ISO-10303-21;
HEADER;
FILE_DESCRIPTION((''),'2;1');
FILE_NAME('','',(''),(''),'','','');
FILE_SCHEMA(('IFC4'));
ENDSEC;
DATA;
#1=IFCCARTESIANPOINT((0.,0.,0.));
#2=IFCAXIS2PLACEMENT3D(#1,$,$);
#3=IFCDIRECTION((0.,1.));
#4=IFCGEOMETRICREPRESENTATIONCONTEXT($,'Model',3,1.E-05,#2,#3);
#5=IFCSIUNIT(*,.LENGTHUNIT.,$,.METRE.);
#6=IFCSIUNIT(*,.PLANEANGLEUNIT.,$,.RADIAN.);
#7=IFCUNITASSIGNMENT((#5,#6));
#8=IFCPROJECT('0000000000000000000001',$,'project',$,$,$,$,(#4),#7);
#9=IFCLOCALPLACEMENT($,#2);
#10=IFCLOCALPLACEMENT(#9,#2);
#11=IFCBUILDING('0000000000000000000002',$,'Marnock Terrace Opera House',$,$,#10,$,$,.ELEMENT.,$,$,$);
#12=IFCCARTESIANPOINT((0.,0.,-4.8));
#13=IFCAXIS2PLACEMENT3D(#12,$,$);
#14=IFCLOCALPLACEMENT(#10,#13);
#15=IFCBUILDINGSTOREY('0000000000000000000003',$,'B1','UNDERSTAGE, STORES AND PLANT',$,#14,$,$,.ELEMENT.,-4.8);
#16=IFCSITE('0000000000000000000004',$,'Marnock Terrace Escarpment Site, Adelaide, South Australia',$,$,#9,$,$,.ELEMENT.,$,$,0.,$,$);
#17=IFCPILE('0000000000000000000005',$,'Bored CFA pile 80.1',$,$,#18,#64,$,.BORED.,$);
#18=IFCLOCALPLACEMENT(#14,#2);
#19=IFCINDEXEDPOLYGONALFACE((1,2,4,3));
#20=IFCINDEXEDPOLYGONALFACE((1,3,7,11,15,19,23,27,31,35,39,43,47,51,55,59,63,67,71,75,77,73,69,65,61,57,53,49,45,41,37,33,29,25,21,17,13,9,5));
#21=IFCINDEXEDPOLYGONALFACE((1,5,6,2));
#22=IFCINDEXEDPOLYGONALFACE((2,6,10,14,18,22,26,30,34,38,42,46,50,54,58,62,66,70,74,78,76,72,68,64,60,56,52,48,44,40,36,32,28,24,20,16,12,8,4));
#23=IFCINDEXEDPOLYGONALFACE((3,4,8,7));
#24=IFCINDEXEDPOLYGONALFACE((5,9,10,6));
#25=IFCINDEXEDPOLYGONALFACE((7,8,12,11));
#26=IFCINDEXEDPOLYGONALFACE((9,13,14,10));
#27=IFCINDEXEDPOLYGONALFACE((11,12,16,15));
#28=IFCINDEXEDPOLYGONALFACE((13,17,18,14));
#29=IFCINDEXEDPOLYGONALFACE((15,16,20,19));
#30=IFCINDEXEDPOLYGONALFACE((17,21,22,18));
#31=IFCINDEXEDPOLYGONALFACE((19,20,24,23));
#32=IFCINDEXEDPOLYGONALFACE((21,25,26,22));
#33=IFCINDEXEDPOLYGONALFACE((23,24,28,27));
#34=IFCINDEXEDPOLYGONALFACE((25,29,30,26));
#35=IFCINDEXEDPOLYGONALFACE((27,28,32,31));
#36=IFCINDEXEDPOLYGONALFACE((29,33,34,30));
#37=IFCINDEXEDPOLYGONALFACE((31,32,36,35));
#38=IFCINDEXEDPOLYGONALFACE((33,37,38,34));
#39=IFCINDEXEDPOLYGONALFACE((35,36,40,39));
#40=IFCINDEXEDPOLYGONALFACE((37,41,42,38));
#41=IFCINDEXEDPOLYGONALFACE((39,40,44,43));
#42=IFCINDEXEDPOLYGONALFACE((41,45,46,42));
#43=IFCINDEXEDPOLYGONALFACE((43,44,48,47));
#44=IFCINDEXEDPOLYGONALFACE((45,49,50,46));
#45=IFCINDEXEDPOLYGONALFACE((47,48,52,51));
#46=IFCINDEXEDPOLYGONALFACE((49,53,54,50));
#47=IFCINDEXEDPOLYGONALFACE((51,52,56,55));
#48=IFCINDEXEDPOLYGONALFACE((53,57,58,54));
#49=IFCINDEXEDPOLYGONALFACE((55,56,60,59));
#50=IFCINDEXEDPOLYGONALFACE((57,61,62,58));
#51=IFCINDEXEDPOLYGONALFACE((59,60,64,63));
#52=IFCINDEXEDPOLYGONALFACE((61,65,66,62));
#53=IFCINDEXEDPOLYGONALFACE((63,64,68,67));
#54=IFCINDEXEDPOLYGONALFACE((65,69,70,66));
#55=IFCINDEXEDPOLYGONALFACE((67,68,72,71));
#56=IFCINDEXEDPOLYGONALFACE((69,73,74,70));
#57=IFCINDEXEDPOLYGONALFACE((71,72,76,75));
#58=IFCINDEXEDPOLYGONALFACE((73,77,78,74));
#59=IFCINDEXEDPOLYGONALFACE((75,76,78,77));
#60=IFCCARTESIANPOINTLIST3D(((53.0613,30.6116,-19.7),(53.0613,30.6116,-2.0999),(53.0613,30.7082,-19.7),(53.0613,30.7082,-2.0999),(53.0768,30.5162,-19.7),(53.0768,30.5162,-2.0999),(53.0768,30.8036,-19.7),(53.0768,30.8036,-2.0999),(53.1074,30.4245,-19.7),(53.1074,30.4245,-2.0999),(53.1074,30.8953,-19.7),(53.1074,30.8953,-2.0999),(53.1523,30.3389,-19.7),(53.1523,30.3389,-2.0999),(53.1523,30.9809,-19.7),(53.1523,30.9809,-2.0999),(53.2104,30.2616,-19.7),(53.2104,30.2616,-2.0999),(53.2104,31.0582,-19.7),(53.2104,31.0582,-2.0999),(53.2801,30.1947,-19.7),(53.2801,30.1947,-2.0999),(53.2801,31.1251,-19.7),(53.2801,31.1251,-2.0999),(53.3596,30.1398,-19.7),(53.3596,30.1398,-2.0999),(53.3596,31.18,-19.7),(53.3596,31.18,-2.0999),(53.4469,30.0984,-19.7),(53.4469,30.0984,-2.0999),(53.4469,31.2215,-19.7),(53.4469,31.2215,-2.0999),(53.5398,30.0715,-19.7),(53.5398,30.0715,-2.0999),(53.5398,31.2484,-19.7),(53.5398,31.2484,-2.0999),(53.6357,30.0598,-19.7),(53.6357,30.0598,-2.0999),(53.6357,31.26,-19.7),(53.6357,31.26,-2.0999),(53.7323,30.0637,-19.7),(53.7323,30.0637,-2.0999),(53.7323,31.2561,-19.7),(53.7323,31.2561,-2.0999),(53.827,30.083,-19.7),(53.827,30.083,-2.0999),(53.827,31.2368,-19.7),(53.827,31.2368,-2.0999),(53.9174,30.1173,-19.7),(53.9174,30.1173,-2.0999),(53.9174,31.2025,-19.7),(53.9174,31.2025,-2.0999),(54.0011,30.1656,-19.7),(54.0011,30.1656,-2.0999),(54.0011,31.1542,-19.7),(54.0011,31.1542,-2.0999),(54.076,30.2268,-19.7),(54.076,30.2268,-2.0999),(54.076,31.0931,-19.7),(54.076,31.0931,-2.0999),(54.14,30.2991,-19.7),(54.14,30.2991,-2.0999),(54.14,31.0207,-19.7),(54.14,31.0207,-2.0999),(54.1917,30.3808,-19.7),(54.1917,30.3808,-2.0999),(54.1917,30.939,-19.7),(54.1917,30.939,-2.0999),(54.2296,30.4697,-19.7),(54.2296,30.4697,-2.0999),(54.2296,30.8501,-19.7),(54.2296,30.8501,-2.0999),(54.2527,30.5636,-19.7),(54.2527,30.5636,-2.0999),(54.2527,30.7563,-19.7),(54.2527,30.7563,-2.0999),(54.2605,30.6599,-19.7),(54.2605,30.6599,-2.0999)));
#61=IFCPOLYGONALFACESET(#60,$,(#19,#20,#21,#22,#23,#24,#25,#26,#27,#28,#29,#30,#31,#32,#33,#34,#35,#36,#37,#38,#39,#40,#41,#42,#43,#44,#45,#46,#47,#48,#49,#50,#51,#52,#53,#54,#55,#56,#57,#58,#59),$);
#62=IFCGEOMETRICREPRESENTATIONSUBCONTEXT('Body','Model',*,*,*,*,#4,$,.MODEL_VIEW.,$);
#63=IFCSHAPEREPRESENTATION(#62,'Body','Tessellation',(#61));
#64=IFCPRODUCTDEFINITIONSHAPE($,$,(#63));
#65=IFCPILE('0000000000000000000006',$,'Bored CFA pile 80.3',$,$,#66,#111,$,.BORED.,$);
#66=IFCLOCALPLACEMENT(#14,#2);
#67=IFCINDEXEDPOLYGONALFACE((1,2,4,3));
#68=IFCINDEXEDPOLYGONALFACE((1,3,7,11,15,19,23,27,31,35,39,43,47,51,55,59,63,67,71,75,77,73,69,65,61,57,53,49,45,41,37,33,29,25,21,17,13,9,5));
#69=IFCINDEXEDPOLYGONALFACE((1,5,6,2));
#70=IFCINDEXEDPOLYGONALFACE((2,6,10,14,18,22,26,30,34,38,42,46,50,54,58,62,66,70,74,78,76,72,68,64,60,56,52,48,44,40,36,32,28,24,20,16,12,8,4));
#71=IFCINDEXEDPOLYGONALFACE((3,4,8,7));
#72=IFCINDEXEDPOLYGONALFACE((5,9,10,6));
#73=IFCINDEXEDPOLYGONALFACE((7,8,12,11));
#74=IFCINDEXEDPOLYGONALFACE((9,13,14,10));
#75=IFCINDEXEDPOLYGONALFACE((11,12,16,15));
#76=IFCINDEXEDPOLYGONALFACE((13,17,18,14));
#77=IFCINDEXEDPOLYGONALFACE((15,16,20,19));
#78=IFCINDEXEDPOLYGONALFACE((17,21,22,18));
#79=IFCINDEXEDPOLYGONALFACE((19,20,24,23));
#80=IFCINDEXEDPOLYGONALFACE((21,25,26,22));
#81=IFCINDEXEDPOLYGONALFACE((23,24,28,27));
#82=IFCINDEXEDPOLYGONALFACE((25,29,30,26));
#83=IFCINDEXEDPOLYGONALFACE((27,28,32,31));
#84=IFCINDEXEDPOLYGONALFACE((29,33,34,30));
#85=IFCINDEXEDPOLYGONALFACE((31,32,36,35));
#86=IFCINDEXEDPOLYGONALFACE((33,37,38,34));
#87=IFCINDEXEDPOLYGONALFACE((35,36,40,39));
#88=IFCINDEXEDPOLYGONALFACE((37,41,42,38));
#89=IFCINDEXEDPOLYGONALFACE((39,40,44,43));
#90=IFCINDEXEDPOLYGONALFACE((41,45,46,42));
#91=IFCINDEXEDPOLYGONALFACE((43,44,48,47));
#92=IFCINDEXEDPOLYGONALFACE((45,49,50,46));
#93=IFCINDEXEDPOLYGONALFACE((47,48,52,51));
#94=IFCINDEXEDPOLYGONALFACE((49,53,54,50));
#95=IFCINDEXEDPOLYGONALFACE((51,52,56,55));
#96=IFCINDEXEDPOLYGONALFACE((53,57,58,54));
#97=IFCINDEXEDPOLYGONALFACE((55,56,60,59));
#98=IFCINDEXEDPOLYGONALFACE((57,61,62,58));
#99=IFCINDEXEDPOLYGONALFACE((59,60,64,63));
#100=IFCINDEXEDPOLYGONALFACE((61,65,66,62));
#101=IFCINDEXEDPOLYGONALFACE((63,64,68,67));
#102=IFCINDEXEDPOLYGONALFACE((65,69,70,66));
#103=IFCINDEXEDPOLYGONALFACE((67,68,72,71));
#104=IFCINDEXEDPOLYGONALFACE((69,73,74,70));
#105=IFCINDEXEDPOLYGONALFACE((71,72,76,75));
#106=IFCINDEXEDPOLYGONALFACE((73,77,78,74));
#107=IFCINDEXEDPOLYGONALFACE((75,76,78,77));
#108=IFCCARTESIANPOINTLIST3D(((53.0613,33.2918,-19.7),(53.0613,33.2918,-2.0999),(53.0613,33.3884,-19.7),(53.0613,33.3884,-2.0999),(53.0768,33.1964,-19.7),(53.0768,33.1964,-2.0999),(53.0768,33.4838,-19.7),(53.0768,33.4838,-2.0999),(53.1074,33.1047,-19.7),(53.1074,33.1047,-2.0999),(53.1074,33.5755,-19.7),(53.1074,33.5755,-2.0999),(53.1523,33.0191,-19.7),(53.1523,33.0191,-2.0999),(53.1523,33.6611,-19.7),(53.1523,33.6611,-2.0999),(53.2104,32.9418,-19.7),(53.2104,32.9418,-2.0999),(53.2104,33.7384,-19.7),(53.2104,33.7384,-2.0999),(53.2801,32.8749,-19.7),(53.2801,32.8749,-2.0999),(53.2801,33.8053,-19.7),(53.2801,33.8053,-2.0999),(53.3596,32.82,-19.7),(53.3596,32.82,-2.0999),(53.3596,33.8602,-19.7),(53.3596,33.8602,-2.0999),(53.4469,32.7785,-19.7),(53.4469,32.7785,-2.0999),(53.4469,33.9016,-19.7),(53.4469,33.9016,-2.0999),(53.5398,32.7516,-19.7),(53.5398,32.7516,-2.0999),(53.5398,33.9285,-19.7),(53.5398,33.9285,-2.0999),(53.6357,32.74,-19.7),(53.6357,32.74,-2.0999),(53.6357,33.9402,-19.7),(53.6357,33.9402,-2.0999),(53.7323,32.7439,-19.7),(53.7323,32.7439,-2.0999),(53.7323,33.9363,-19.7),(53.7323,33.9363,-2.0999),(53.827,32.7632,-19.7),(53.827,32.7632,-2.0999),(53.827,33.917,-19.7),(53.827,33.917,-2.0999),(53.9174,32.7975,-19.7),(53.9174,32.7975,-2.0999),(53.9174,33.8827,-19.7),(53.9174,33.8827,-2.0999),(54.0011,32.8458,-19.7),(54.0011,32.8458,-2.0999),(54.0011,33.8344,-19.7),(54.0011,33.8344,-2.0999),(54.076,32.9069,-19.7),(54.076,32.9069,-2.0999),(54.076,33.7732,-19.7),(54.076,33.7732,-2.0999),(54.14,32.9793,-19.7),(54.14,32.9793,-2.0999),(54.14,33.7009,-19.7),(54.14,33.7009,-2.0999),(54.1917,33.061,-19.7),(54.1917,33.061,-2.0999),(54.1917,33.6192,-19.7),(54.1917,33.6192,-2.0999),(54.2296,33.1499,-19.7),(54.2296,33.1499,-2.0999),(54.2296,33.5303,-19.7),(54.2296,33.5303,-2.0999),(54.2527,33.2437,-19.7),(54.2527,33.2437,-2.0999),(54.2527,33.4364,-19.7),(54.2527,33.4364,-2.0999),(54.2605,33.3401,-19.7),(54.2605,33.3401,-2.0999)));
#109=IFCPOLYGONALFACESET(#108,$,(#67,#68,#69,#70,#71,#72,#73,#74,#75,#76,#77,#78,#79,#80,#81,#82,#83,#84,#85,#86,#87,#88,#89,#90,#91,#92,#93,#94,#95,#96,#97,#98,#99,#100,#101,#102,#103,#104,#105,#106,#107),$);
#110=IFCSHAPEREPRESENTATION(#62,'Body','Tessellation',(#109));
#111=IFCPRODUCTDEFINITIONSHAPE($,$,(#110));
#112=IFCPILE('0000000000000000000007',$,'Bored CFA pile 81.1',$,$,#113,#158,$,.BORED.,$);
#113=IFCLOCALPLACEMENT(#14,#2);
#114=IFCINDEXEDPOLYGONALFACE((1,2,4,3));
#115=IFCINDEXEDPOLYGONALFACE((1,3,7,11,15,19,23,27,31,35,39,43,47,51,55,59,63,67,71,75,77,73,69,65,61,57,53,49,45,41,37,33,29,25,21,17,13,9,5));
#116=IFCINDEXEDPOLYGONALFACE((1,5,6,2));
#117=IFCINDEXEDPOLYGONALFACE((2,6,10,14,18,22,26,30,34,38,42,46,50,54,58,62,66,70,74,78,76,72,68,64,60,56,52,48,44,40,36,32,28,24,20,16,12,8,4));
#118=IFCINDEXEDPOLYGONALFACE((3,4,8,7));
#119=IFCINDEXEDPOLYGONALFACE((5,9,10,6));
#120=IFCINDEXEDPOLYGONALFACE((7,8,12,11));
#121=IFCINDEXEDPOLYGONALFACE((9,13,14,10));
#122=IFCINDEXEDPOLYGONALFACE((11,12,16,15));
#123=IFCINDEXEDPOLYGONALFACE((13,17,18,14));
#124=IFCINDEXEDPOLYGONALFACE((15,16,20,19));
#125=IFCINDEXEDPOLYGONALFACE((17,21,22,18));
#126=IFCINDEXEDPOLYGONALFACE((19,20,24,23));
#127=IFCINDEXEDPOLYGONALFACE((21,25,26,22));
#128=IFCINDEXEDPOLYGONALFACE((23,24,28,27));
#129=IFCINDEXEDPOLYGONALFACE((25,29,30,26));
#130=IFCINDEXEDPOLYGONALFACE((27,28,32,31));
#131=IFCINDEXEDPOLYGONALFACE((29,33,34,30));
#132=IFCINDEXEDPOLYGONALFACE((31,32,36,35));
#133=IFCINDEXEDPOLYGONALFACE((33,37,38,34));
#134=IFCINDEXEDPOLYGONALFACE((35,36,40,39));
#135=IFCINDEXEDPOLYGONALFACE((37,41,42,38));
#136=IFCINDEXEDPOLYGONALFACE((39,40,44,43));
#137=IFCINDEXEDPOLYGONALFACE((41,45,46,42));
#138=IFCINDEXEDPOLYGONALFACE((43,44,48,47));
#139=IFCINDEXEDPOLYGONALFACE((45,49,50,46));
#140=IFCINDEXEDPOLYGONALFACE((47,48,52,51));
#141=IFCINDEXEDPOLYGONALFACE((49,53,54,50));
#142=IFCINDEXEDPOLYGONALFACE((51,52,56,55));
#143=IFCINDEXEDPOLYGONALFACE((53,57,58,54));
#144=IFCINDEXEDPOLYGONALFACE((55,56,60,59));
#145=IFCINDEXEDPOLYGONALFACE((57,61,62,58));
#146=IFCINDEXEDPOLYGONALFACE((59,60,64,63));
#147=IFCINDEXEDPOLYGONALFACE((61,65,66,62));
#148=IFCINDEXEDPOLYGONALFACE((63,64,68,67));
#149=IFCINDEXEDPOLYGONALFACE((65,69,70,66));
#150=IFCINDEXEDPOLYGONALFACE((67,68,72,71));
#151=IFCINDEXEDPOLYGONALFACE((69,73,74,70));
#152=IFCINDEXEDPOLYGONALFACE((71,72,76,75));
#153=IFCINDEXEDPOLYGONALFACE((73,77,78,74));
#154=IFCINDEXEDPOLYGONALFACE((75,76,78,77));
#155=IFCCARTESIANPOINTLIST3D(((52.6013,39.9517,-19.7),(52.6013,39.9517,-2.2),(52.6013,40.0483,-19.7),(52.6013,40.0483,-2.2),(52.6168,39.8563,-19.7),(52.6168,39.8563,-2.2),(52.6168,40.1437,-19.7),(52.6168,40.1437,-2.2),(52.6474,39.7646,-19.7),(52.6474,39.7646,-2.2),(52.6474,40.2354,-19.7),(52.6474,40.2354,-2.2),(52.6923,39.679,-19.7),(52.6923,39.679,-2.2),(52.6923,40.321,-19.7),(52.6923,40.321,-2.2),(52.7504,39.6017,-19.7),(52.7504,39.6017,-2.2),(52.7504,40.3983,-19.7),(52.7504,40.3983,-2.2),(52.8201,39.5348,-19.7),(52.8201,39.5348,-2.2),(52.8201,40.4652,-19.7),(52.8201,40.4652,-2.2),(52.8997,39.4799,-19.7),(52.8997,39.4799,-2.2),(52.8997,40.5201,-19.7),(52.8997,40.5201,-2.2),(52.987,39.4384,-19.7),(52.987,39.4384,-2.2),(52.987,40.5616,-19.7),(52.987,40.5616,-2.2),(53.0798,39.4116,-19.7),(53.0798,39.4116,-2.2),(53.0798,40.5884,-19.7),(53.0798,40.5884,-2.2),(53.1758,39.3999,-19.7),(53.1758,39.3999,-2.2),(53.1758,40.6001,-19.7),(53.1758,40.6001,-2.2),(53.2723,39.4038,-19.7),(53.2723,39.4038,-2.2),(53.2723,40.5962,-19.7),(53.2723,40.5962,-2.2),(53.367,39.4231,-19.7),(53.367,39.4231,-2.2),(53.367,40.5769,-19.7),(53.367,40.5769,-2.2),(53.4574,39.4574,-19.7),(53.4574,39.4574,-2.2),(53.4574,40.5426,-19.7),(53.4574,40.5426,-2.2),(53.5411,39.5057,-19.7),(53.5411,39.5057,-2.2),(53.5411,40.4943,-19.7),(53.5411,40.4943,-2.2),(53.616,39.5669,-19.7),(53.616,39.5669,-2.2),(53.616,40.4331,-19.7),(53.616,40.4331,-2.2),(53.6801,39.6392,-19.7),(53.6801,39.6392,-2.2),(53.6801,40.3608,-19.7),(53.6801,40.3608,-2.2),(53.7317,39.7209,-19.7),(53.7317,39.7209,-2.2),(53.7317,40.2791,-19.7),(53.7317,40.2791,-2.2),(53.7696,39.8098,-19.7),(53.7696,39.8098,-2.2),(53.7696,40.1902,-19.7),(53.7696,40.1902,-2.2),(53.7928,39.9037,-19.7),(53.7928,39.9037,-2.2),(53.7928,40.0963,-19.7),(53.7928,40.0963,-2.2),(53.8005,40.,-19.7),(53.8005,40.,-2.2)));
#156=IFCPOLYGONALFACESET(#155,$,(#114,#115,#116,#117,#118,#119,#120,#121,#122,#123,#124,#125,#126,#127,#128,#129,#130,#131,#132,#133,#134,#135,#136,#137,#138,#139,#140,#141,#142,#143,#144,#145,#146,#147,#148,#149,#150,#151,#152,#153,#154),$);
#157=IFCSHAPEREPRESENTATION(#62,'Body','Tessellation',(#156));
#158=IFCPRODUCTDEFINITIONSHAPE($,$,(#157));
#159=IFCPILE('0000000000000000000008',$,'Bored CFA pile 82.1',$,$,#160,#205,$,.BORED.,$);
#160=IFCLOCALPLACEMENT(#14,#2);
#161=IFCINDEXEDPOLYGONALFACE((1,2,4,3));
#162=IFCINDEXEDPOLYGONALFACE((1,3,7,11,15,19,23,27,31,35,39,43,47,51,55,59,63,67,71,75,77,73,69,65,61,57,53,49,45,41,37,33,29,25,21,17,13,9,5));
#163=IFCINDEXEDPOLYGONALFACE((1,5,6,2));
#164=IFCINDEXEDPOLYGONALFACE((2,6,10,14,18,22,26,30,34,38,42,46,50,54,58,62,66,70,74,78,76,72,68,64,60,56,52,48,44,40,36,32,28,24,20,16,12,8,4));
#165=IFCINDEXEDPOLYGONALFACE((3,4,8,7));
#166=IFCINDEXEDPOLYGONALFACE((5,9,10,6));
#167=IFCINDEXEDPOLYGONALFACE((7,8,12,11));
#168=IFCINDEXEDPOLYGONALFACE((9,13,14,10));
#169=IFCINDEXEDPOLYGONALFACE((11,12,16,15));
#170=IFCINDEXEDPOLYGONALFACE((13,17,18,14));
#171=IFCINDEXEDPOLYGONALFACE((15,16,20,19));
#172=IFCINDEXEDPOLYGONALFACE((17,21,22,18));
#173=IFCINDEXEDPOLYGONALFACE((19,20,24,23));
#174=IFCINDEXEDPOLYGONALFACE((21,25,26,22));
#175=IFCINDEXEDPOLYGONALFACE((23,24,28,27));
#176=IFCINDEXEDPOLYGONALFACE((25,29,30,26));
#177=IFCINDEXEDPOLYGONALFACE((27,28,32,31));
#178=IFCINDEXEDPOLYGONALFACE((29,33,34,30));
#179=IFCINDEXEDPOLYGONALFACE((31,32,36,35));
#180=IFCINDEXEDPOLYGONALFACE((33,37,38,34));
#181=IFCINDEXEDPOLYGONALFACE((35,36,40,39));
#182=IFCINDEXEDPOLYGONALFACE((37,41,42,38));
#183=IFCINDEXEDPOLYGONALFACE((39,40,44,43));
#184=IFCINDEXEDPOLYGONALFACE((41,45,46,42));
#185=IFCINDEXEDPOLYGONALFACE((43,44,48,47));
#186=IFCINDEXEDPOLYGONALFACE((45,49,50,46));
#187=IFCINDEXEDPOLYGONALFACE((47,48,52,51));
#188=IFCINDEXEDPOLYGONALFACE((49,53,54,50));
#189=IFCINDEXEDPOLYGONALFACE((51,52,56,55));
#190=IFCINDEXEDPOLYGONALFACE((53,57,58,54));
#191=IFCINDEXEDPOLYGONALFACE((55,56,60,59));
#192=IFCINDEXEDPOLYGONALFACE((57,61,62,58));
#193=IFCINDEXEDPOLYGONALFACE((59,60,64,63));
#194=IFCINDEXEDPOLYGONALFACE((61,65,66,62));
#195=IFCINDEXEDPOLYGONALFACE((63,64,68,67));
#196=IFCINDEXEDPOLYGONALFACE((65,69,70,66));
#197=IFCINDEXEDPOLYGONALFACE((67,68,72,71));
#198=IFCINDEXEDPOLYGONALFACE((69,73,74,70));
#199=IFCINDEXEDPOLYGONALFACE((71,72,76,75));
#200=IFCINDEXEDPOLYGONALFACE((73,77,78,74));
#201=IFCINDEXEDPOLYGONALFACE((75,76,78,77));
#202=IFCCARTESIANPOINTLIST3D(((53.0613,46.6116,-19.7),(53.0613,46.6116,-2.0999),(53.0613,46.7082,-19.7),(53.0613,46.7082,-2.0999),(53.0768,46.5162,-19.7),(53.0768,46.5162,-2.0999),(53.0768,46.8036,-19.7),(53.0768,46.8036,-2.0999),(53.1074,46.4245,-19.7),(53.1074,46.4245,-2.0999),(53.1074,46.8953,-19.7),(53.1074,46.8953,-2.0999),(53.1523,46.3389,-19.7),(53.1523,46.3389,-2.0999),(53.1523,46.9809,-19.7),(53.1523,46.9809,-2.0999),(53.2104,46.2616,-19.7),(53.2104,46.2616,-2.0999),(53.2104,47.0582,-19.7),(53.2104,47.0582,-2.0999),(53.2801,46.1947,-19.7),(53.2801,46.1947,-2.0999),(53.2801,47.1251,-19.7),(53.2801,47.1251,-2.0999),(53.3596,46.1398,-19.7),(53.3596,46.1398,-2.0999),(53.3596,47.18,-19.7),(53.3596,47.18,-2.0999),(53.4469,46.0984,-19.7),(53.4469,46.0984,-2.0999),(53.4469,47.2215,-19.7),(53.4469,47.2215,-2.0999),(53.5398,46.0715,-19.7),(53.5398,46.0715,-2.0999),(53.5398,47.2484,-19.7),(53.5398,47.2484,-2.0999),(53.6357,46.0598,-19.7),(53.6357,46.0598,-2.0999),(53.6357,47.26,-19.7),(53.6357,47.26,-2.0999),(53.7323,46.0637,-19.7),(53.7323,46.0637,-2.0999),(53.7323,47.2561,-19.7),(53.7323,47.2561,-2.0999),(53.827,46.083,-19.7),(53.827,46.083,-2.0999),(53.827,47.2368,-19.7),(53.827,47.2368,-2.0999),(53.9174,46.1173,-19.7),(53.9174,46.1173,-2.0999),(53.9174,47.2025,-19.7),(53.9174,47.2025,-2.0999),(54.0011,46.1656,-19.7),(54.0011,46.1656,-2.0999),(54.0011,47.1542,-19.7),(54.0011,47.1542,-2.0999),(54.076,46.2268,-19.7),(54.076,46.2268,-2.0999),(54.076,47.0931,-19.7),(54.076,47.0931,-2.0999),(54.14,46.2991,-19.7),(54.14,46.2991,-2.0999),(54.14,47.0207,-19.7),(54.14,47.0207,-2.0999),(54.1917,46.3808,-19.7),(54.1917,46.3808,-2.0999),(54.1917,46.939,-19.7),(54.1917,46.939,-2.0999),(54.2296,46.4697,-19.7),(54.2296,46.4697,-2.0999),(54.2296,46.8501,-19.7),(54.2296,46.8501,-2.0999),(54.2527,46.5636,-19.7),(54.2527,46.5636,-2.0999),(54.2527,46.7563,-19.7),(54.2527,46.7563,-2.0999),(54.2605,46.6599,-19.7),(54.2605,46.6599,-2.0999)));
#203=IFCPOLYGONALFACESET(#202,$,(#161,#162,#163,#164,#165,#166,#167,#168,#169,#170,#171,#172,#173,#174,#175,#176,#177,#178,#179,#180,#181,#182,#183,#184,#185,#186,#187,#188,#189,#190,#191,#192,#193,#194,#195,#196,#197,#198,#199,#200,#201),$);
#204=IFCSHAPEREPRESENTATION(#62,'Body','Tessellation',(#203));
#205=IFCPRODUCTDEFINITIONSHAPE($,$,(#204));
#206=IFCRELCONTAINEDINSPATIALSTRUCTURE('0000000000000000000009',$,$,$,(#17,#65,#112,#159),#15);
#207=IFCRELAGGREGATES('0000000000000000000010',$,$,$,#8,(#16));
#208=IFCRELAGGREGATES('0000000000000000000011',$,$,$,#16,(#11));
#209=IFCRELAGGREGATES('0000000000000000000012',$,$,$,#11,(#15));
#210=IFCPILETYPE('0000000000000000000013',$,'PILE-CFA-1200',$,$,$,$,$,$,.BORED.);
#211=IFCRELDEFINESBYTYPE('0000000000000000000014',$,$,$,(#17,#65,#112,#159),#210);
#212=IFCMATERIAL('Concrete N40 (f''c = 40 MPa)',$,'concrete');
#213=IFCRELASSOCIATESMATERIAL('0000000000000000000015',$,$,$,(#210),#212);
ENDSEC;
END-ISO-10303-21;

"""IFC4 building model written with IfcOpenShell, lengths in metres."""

from ifc_helpers import new_model, si_unit, direction, frame, origin, origin_2d, place, context, subcontext, project, spatial, circle, extrude, material, material_profile, profile_set, type_object, element, save


model = new_model("IFC4")

# Units and contexts
model_context = context("Model", 3, precision=1e-05, world=origin(), true_north=direction((0.0, 1.0)))
body_context = subcontext(model_context, "Body", "Model", "MODEL_VIEW")
ifc_project = project(units=[si_unit("LENGTHUNIT", "METRE"), si_unit("PLANEANGLEUNIT", "RADIAN")], contexts=[model_context])

# Site, building, storey
site_placement = place(None, origin())
site = spatial("IfcSite", under=ifc_project, at=site_placement, Name="Marnock Terrace Escarpment Site, Adelaide, South Australia", CompositionType="ELEMENT", RefElevation=0.0)
building_placement = place(site_placement, origin())
building = spatial("IfcBuilding", under=site, at=building_placement, Name="Marnock Terrace Opera House", CompositionType="ELEMENT")
storey_placement = place(building_placement, frame((0.0, 0.0, -4.8)))
storey = spatial("IfcBuildingStorey", under=building, at=storey_placement, Name="B1", Description="UNDERSTAGE, STORES AND PLANT", CompositionType="ELEMENT", Elevation=-4.8)

# Shared definitions
ifc_material_1 = material(Name="Concrete N40 (f'c = 40 MPa)", Category="concrete")

# Piles
ifc_material_profile_1 = material_profile(ifc_material_1, circle(Radius=0.6006, at=origin_2d()))
ifc_profile_set_1 = profile_set([ifc_material_profile_1], Name="Concrete N40 (f'c = 40 MPa)")
pile_type_1 = type_object("IfcPileType", Name="PILE-CFA-1200", PredefinedType="BORED", material=ifc_profile_set_1)
for number, where, z_axis, x_axis, name in (
    (1, (53.6599, 30.6599, -2.0999), (0.0, 0.0, -1.0), (1.0, 0.0, 0.0), "Bored CFA pile 80.1"),
    (2, (53.6599, 33.3401, -2.0999), (0.0, 0.0, -1.0), (1.0, 0.0, 0.0), "Bored CFA pile 80.3"),
):
    element("IfcPile", number, at=place(storey_placement, frame(where, z_axis=z_axis, x_axis=x_axis)), inside=storey, type_object=pile_type_1, Name=name, PredefinedType="BORED", context=body_context, shape_type="SweptSolid", body=[
        extrude(circle(Radius=0.6006, at=origin_2d()), origin(), (0.0, 0.0, 1.0), 17.6001),
    ])
pile_placement = place(storey_placement, frame((53.2, 40.0, -2.2), z_axis=(0.0, 0.0, -1.0), x_axis=(1.0, 0.0, 0.0)))
element("IfcPile", 3, at=pile_placement, inside=storey, type_object=pile_type_1, Name="Bored CFA pile 81.1", PredefinedType="BORED", context=body_context, shape_type="SweptSolid", body=[
    extrude(circle(Radius=0.6006, at=origin_2d()), origin(), (0.0, 0.0, 1.0), 17.5),
])
for number, where, z_axis, x_axis, name in (
    (4, (53.6599, 46.6599, -2.0999), (0.0, 0.0, -1.0), (1.0, 0.0, 0.0), "Bored CFA pile 82.1"),
):
    element("IfcPile", number, at=place(storey_placement, frame(where, z_axis=z_axis, x_axis=x_axis)), inside=storey, type_object=pile_type_1, Name=name, PredefinedType="BORED", context=body_context, shape_type="SweptSolid", body=[
        extrude(circle(Radius=0.6006, at=origin_2d()), origin(), (0.0, 0.0, 1.0), 17.6001),
    ])

save(model, "model.ifc")
